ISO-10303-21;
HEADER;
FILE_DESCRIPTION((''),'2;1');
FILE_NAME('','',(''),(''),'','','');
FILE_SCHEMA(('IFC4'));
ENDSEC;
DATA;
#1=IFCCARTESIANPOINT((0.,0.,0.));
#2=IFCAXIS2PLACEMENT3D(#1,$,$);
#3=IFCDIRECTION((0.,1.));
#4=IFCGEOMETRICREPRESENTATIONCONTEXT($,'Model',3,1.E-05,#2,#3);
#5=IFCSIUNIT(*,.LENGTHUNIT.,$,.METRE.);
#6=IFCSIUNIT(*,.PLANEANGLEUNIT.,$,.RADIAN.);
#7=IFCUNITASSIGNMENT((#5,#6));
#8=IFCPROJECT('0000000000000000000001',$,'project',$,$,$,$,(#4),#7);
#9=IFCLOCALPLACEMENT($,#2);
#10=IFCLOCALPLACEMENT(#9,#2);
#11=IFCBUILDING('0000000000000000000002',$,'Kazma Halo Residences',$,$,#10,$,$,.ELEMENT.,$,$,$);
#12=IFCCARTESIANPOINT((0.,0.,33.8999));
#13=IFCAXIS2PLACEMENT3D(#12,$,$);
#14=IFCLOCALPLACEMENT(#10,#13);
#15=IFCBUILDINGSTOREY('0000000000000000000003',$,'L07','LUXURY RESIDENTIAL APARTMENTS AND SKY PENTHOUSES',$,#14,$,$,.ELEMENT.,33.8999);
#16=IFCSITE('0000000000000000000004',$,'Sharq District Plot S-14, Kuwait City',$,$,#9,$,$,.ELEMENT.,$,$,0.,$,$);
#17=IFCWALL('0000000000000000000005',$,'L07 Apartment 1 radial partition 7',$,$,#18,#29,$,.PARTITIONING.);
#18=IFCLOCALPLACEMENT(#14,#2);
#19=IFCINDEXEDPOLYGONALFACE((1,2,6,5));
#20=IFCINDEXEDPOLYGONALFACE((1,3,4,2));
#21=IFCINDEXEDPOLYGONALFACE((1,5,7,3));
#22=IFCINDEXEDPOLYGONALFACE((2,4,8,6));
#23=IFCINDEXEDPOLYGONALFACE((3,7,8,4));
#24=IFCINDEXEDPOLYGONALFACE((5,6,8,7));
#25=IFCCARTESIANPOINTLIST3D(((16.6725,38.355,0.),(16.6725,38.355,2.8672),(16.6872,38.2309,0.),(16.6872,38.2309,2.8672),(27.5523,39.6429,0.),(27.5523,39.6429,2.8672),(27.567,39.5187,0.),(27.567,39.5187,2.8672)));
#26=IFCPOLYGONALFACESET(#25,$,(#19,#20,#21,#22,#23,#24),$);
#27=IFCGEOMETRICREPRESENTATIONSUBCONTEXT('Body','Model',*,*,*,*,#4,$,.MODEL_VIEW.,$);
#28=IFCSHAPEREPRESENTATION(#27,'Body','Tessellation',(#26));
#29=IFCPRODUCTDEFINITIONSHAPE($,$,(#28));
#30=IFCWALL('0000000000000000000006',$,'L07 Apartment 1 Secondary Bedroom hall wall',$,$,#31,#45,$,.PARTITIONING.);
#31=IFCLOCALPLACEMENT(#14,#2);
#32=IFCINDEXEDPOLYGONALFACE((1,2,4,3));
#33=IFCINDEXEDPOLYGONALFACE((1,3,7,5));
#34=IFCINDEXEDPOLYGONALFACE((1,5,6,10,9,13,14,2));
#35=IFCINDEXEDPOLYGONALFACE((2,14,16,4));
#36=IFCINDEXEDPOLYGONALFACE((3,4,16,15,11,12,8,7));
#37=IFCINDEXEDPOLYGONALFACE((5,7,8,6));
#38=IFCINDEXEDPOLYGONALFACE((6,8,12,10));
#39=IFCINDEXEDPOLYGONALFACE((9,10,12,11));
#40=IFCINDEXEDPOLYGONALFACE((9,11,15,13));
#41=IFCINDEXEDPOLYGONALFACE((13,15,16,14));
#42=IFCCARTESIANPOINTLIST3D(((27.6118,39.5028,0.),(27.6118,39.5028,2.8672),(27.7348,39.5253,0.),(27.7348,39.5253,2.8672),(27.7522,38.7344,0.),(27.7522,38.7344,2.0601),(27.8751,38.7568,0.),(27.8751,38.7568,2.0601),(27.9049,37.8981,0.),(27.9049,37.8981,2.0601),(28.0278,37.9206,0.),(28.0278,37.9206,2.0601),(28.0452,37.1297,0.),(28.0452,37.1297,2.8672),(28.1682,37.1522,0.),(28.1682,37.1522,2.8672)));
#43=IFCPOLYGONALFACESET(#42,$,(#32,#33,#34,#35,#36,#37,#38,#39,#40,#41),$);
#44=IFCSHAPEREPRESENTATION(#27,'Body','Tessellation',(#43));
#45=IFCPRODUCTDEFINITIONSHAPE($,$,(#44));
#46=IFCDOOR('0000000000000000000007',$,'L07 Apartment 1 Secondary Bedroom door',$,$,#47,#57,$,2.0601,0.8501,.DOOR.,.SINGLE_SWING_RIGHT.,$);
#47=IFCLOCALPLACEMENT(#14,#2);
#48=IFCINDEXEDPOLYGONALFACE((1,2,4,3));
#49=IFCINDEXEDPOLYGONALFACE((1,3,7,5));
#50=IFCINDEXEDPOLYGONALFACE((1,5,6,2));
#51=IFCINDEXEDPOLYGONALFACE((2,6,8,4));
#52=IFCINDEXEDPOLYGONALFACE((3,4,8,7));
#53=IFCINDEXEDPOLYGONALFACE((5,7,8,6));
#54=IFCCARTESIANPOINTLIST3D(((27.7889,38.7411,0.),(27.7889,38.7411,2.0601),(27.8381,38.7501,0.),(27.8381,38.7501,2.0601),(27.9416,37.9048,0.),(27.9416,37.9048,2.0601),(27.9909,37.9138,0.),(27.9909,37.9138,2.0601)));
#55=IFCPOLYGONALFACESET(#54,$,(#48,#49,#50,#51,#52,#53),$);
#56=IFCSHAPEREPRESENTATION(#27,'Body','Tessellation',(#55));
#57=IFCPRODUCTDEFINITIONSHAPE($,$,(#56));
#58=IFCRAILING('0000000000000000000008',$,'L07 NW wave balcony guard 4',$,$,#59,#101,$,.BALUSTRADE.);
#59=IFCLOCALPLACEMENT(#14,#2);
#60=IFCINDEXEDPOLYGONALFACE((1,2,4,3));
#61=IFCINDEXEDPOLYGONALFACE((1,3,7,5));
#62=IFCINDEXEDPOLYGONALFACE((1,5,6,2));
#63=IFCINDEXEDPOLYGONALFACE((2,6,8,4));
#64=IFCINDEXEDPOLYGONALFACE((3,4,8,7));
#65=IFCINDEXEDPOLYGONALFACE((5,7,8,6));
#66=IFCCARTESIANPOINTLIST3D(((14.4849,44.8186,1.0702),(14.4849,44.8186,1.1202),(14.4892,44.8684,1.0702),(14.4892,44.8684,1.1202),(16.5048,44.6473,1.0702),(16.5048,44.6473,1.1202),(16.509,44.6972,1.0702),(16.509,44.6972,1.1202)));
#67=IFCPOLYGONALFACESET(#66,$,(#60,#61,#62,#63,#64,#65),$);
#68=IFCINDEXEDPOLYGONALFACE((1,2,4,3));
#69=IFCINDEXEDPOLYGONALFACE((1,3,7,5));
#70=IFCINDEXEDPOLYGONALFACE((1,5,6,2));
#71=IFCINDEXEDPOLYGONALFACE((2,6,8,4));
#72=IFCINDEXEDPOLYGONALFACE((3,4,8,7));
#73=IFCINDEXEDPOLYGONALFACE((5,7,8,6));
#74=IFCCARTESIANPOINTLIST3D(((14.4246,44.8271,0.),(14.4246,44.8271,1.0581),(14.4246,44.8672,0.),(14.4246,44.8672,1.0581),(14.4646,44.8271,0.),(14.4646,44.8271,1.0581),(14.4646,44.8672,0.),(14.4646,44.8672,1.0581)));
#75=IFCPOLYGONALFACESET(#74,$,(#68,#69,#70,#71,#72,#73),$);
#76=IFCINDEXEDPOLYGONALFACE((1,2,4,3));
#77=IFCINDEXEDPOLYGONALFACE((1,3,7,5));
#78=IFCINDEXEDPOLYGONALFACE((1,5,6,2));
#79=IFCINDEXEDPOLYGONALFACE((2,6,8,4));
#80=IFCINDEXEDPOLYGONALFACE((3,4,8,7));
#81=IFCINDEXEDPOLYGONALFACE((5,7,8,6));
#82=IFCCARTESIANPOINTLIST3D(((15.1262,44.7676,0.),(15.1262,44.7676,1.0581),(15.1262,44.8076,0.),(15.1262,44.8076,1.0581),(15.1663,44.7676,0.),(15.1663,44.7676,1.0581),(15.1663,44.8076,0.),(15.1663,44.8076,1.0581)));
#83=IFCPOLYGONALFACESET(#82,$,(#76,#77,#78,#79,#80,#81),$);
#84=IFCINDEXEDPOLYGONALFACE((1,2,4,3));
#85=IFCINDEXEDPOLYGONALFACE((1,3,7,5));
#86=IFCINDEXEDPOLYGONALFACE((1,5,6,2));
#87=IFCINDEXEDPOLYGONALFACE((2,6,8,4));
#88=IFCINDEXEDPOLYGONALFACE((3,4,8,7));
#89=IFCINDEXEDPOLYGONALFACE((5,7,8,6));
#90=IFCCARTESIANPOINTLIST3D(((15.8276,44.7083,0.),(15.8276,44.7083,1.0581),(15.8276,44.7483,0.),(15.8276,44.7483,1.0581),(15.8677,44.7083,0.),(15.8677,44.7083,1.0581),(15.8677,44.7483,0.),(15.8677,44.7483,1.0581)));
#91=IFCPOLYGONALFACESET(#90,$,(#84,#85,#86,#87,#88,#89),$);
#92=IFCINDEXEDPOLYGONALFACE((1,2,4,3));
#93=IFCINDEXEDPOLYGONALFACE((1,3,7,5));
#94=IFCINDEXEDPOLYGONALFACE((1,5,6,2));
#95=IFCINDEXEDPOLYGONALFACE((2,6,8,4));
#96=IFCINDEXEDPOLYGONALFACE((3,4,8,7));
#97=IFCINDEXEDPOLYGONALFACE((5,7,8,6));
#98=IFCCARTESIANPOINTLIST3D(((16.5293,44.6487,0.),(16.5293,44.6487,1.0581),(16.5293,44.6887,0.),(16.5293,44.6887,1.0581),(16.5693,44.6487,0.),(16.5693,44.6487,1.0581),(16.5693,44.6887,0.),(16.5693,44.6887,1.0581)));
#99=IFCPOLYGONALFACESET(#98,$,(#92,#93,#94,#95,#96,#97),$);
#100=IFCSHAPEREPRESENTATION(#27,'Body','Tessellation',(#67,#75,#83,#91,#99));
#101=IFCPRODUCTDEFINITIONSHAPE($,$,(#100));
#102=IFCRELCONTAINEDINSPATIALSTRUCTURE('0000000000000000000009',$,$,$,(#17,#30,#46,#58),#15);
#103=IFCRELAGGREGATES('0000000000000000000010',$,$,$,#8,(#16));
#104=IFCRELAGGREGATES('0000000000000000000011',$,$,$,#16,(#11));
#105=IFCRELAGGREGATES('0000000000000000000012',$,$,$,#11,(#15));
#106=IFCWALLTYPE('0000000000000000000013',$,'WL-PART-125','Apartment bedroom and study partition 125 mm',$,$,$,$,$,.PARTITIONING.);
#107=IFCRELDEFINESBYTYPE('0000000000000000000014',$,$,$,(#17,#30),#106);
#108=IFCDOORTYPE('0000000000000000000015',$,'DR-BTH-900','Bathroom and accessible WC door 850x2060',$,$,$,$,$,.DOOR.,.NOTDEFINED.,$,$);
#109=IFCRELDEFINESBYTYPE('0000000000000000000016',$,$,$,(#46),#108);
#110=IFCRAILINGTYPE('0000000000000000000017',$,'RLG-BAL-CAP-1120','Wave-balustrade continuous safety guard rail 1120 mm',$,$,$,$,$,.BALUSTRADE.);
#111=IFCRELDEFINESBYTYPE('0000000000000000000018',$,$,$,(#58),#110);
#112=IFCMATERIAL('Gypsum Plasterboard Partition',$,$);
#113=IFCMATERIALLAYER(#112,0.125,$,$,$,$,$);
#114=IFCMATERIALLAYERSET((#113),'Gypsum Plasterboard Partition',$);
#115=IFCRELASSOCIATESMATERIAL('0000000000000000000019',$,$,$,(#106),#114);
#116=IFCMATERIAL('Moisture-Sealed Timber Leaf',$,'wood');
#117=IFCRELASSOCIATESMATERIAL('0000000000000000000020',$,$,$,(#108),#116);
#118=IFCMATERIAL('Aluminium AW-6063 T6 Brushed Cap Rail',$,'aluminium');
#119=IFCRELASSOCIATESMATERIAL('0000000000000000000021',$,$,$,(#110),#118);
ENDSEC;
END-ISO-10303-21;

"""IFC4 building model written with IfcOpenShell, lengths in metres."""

from ifc_helpers import new_model, si_unit, direction, frame, frame_2d, origin, origin_2d, place, context, subcontext, project, spatial, rectangle, extrude, material, layer, layer_set, type_object, element, fill, save


model = new_model("IFC4")

# Units and contexts
model_context = context("Model", 3, precision=1e-05, world=origin(), true_north=direction((0.0, 1.0)))
body_context = subcontext(model_context, "Body", "Model", "MODEL_VIEW")
ifc_project = project(units=[si_unit("LENGTHUNIT", "METRE"), si_unit("PLANEANGLEUNIT", "RADIAN")], contexts=[model_context])

# Site, building, storey
site_placement = place(None, origin())
site = spatial("IfcSite", under=ifc_project, at=site_placement, Name="Sharq District Plot S-14, Kuwait City", CompositionType="ELEMENT", RefElevation=0.0)
building_placement = place(site_placement, origin())
building = spatial("IfcBuilding", under=site, at=building_placement, Name="Kazma Halo Residences", CompositionType="ELEMENT")
storey_placement = place(building_placement, frame((0.0, 0.0, 33.8999)))
storey = spatial("IfcBuildingStorey", under=building, at=storey_placement, Name="L07", Description="LUXURY RESIDENTIAL APARTMENTS AND SKY PENTHOUSES", CompositionType="ELEMENT", Elevation=33.8999)

# Shared definitions
ifc_material_1 = material(Name="Gypsum Plasterboard Partition")
ifc_layer_1 = layer(ifc_material_1, 0.125)
ifc_layer_set_1 = layer_set([ifc_layer_1], Name="Gypsum Plasterboard Partition")
wall_type_1 = type_object("IfcWallType", Name="WL-PART-125", Description="Apartment bedroom and study partition 125 mm", PredefinedType="PARTITIONING", material=ifc_layer_set_1)

# Shared definitions
ifc_material_2 = material(Name="Moisture-Sealed Timber Leaf", Category="wood")
door_type_1 = type_object("IfcDoorType", Name="DR-BTH-900", Description="Bathroom and accessible WC door 850x2060", OperationType="NOTDEFINED", PredefinedType="DOOR", material=ifc_material_2)

# Wall
wall_1_placement = place(storey_placement, frame((27.5598, 39.5808, 0.0), z_axis=(0.0, 0.0, 1.0), x_axis=(-0.993067, -0.117548, 0.0)))
element("IfcWall", 1, at=wall_1_placement, inside=storey, type_object=wall_type_1, Name="L07 Apartment 1 radial partition 7", PredefinedType="PARTITIONING", context=body_context, shape_type="SweptSolid", body=[
    extrude(rectangle(XDim=10.9558, YDim=0.125, at=frame_2d((5.478, 0.0))), origin(), (0.0, 0.0, 1.0), 2.8672),
])

# Wall, opening, door
wall_2_placement = place(storey_placement, frame((27.6733, 39.5139, 0.0), z_axis=(0.0, 0.0, 1.0), x_axis=(0.179642, -0.983732, 0.0)))
wall_2 = element("IfcWall", 2, at=wall_2_placement, inside=storey, type_object=wall_type_1, Name="L07 Apartment 1 Secondary Bedroom hall wall", PredefinedType="PARTITIONING", context=body_context, shape_type="SweptSolid", body=[
    extrude(rectangle(XDim=2.4124, YDim=0.125, at=frame_2d((1.2061, 0.0))), origin(), (0.0, 0.0, 1.0), 2.8672),
])
opening_1_placement = place(wall_2_placement, frame((0.781, 0.0, 0.0)))
opening_1 = element("IfcOpeningElement", 3, at=opening_1_placement, cuts=wall_2, PredefinedType="OPENING", context=body_context, shape_type="SweptSolid", body=[
    extrude(rectangle(XDim=0.8501, YDim=2.0601, at=frame_2d((0.425, 1.03))), frame((0.0, 0.0725, 0.0), z_axis=(0.0, -1.0, 0.0), x_axis=(1.0, 0.0, 0.0)), (0.0, 0.0, 1.0), 0.145),
])
door_1_placement = place(opening_1_placement, origin())
door_1 = element("IfcDoor", 4, at=door_1_placement, inside=storey, type_object=door_type_1, Name="L07 Apartment 1 Secondary Bedroom door", OperationType="SINGLE_SWING_RIGHT", OverallHeight=2.0601, OverallWidth=0.8501, PredefinedType="DOOR", context=body_context, shape_type="SweptSolid", body=[
    extrude(rectangle(XDim=0.8501, YDim=2.0601, at=frame_2d((0.425, 1.03))), frame((0.0, 0.0249, 0.0), z_axis=(0.0, -1.0, 0.0), x_axis=(1.0, 0.0, 0.0)), (0.0, 0.0, 1.0), 0.05),
])
fill(opening_1, door_1)

# Railing
ifc_material_3 = material(Name="Aluminium AW-6063 T6 Brushed Cap Rail", Category="aluminium")
railing_type = type_object("IfcRailingType", Name="RLG-BAL-CAP-1120", Description="Wave-balustrade continuous safety guard rail 1120 mm", PredefinedType="BALUSTRADE", material=ifc_material_3)
railing_placement = place(storey_placement, frame((14.4446, 44.8472, 0.0)))
element("IfcRailing", 5, at=railing_placement, inside=storey, type_object=railing_type, Name="L07 NW wave balcony guard 4", PredefinedType="BALUSTRADE", context=body_context, shape_type="SweptSolid", body=[
    extrude(rectangle(XDim=0.05, YDim=0.05, at=origin_2d()), frame((0.0425, -0.0037, 1.0952), z_axis=(0.996424, -0.08449, 0.0), x_axis=(0.08449, 0.996424, 0.0)), (0.0, 0.0, 1.0), 2.0271),
    extrude(rectangle(XDim=0.04, YDim=0.04, at=origin_2d()), origin(), (0.0, 0.0, 1.0), 1.0581),
    extrude(rectangle(XDim=0.04, YDim=0.04, at=origin_2d()), frame((0.7017, -0.0596, 0.0)), (0.0, 0.0, 1.0), 1.0581),
    extrude(rectangle(XDim=0.04, YDim=0.04, at=origin_2d()), frame((1.4031, -0.1189, 0.0)), (0.0, 0.0, 1.0), 1.0581),
    extrude(rectangle(XDim=0.04, YDim=0.04, at=origin_2d()), frame((2.1047, -0.1785, 0.0)), (0.0, 0.0, 1.0), 1.0581),
])

save(model, "model.ifc")
